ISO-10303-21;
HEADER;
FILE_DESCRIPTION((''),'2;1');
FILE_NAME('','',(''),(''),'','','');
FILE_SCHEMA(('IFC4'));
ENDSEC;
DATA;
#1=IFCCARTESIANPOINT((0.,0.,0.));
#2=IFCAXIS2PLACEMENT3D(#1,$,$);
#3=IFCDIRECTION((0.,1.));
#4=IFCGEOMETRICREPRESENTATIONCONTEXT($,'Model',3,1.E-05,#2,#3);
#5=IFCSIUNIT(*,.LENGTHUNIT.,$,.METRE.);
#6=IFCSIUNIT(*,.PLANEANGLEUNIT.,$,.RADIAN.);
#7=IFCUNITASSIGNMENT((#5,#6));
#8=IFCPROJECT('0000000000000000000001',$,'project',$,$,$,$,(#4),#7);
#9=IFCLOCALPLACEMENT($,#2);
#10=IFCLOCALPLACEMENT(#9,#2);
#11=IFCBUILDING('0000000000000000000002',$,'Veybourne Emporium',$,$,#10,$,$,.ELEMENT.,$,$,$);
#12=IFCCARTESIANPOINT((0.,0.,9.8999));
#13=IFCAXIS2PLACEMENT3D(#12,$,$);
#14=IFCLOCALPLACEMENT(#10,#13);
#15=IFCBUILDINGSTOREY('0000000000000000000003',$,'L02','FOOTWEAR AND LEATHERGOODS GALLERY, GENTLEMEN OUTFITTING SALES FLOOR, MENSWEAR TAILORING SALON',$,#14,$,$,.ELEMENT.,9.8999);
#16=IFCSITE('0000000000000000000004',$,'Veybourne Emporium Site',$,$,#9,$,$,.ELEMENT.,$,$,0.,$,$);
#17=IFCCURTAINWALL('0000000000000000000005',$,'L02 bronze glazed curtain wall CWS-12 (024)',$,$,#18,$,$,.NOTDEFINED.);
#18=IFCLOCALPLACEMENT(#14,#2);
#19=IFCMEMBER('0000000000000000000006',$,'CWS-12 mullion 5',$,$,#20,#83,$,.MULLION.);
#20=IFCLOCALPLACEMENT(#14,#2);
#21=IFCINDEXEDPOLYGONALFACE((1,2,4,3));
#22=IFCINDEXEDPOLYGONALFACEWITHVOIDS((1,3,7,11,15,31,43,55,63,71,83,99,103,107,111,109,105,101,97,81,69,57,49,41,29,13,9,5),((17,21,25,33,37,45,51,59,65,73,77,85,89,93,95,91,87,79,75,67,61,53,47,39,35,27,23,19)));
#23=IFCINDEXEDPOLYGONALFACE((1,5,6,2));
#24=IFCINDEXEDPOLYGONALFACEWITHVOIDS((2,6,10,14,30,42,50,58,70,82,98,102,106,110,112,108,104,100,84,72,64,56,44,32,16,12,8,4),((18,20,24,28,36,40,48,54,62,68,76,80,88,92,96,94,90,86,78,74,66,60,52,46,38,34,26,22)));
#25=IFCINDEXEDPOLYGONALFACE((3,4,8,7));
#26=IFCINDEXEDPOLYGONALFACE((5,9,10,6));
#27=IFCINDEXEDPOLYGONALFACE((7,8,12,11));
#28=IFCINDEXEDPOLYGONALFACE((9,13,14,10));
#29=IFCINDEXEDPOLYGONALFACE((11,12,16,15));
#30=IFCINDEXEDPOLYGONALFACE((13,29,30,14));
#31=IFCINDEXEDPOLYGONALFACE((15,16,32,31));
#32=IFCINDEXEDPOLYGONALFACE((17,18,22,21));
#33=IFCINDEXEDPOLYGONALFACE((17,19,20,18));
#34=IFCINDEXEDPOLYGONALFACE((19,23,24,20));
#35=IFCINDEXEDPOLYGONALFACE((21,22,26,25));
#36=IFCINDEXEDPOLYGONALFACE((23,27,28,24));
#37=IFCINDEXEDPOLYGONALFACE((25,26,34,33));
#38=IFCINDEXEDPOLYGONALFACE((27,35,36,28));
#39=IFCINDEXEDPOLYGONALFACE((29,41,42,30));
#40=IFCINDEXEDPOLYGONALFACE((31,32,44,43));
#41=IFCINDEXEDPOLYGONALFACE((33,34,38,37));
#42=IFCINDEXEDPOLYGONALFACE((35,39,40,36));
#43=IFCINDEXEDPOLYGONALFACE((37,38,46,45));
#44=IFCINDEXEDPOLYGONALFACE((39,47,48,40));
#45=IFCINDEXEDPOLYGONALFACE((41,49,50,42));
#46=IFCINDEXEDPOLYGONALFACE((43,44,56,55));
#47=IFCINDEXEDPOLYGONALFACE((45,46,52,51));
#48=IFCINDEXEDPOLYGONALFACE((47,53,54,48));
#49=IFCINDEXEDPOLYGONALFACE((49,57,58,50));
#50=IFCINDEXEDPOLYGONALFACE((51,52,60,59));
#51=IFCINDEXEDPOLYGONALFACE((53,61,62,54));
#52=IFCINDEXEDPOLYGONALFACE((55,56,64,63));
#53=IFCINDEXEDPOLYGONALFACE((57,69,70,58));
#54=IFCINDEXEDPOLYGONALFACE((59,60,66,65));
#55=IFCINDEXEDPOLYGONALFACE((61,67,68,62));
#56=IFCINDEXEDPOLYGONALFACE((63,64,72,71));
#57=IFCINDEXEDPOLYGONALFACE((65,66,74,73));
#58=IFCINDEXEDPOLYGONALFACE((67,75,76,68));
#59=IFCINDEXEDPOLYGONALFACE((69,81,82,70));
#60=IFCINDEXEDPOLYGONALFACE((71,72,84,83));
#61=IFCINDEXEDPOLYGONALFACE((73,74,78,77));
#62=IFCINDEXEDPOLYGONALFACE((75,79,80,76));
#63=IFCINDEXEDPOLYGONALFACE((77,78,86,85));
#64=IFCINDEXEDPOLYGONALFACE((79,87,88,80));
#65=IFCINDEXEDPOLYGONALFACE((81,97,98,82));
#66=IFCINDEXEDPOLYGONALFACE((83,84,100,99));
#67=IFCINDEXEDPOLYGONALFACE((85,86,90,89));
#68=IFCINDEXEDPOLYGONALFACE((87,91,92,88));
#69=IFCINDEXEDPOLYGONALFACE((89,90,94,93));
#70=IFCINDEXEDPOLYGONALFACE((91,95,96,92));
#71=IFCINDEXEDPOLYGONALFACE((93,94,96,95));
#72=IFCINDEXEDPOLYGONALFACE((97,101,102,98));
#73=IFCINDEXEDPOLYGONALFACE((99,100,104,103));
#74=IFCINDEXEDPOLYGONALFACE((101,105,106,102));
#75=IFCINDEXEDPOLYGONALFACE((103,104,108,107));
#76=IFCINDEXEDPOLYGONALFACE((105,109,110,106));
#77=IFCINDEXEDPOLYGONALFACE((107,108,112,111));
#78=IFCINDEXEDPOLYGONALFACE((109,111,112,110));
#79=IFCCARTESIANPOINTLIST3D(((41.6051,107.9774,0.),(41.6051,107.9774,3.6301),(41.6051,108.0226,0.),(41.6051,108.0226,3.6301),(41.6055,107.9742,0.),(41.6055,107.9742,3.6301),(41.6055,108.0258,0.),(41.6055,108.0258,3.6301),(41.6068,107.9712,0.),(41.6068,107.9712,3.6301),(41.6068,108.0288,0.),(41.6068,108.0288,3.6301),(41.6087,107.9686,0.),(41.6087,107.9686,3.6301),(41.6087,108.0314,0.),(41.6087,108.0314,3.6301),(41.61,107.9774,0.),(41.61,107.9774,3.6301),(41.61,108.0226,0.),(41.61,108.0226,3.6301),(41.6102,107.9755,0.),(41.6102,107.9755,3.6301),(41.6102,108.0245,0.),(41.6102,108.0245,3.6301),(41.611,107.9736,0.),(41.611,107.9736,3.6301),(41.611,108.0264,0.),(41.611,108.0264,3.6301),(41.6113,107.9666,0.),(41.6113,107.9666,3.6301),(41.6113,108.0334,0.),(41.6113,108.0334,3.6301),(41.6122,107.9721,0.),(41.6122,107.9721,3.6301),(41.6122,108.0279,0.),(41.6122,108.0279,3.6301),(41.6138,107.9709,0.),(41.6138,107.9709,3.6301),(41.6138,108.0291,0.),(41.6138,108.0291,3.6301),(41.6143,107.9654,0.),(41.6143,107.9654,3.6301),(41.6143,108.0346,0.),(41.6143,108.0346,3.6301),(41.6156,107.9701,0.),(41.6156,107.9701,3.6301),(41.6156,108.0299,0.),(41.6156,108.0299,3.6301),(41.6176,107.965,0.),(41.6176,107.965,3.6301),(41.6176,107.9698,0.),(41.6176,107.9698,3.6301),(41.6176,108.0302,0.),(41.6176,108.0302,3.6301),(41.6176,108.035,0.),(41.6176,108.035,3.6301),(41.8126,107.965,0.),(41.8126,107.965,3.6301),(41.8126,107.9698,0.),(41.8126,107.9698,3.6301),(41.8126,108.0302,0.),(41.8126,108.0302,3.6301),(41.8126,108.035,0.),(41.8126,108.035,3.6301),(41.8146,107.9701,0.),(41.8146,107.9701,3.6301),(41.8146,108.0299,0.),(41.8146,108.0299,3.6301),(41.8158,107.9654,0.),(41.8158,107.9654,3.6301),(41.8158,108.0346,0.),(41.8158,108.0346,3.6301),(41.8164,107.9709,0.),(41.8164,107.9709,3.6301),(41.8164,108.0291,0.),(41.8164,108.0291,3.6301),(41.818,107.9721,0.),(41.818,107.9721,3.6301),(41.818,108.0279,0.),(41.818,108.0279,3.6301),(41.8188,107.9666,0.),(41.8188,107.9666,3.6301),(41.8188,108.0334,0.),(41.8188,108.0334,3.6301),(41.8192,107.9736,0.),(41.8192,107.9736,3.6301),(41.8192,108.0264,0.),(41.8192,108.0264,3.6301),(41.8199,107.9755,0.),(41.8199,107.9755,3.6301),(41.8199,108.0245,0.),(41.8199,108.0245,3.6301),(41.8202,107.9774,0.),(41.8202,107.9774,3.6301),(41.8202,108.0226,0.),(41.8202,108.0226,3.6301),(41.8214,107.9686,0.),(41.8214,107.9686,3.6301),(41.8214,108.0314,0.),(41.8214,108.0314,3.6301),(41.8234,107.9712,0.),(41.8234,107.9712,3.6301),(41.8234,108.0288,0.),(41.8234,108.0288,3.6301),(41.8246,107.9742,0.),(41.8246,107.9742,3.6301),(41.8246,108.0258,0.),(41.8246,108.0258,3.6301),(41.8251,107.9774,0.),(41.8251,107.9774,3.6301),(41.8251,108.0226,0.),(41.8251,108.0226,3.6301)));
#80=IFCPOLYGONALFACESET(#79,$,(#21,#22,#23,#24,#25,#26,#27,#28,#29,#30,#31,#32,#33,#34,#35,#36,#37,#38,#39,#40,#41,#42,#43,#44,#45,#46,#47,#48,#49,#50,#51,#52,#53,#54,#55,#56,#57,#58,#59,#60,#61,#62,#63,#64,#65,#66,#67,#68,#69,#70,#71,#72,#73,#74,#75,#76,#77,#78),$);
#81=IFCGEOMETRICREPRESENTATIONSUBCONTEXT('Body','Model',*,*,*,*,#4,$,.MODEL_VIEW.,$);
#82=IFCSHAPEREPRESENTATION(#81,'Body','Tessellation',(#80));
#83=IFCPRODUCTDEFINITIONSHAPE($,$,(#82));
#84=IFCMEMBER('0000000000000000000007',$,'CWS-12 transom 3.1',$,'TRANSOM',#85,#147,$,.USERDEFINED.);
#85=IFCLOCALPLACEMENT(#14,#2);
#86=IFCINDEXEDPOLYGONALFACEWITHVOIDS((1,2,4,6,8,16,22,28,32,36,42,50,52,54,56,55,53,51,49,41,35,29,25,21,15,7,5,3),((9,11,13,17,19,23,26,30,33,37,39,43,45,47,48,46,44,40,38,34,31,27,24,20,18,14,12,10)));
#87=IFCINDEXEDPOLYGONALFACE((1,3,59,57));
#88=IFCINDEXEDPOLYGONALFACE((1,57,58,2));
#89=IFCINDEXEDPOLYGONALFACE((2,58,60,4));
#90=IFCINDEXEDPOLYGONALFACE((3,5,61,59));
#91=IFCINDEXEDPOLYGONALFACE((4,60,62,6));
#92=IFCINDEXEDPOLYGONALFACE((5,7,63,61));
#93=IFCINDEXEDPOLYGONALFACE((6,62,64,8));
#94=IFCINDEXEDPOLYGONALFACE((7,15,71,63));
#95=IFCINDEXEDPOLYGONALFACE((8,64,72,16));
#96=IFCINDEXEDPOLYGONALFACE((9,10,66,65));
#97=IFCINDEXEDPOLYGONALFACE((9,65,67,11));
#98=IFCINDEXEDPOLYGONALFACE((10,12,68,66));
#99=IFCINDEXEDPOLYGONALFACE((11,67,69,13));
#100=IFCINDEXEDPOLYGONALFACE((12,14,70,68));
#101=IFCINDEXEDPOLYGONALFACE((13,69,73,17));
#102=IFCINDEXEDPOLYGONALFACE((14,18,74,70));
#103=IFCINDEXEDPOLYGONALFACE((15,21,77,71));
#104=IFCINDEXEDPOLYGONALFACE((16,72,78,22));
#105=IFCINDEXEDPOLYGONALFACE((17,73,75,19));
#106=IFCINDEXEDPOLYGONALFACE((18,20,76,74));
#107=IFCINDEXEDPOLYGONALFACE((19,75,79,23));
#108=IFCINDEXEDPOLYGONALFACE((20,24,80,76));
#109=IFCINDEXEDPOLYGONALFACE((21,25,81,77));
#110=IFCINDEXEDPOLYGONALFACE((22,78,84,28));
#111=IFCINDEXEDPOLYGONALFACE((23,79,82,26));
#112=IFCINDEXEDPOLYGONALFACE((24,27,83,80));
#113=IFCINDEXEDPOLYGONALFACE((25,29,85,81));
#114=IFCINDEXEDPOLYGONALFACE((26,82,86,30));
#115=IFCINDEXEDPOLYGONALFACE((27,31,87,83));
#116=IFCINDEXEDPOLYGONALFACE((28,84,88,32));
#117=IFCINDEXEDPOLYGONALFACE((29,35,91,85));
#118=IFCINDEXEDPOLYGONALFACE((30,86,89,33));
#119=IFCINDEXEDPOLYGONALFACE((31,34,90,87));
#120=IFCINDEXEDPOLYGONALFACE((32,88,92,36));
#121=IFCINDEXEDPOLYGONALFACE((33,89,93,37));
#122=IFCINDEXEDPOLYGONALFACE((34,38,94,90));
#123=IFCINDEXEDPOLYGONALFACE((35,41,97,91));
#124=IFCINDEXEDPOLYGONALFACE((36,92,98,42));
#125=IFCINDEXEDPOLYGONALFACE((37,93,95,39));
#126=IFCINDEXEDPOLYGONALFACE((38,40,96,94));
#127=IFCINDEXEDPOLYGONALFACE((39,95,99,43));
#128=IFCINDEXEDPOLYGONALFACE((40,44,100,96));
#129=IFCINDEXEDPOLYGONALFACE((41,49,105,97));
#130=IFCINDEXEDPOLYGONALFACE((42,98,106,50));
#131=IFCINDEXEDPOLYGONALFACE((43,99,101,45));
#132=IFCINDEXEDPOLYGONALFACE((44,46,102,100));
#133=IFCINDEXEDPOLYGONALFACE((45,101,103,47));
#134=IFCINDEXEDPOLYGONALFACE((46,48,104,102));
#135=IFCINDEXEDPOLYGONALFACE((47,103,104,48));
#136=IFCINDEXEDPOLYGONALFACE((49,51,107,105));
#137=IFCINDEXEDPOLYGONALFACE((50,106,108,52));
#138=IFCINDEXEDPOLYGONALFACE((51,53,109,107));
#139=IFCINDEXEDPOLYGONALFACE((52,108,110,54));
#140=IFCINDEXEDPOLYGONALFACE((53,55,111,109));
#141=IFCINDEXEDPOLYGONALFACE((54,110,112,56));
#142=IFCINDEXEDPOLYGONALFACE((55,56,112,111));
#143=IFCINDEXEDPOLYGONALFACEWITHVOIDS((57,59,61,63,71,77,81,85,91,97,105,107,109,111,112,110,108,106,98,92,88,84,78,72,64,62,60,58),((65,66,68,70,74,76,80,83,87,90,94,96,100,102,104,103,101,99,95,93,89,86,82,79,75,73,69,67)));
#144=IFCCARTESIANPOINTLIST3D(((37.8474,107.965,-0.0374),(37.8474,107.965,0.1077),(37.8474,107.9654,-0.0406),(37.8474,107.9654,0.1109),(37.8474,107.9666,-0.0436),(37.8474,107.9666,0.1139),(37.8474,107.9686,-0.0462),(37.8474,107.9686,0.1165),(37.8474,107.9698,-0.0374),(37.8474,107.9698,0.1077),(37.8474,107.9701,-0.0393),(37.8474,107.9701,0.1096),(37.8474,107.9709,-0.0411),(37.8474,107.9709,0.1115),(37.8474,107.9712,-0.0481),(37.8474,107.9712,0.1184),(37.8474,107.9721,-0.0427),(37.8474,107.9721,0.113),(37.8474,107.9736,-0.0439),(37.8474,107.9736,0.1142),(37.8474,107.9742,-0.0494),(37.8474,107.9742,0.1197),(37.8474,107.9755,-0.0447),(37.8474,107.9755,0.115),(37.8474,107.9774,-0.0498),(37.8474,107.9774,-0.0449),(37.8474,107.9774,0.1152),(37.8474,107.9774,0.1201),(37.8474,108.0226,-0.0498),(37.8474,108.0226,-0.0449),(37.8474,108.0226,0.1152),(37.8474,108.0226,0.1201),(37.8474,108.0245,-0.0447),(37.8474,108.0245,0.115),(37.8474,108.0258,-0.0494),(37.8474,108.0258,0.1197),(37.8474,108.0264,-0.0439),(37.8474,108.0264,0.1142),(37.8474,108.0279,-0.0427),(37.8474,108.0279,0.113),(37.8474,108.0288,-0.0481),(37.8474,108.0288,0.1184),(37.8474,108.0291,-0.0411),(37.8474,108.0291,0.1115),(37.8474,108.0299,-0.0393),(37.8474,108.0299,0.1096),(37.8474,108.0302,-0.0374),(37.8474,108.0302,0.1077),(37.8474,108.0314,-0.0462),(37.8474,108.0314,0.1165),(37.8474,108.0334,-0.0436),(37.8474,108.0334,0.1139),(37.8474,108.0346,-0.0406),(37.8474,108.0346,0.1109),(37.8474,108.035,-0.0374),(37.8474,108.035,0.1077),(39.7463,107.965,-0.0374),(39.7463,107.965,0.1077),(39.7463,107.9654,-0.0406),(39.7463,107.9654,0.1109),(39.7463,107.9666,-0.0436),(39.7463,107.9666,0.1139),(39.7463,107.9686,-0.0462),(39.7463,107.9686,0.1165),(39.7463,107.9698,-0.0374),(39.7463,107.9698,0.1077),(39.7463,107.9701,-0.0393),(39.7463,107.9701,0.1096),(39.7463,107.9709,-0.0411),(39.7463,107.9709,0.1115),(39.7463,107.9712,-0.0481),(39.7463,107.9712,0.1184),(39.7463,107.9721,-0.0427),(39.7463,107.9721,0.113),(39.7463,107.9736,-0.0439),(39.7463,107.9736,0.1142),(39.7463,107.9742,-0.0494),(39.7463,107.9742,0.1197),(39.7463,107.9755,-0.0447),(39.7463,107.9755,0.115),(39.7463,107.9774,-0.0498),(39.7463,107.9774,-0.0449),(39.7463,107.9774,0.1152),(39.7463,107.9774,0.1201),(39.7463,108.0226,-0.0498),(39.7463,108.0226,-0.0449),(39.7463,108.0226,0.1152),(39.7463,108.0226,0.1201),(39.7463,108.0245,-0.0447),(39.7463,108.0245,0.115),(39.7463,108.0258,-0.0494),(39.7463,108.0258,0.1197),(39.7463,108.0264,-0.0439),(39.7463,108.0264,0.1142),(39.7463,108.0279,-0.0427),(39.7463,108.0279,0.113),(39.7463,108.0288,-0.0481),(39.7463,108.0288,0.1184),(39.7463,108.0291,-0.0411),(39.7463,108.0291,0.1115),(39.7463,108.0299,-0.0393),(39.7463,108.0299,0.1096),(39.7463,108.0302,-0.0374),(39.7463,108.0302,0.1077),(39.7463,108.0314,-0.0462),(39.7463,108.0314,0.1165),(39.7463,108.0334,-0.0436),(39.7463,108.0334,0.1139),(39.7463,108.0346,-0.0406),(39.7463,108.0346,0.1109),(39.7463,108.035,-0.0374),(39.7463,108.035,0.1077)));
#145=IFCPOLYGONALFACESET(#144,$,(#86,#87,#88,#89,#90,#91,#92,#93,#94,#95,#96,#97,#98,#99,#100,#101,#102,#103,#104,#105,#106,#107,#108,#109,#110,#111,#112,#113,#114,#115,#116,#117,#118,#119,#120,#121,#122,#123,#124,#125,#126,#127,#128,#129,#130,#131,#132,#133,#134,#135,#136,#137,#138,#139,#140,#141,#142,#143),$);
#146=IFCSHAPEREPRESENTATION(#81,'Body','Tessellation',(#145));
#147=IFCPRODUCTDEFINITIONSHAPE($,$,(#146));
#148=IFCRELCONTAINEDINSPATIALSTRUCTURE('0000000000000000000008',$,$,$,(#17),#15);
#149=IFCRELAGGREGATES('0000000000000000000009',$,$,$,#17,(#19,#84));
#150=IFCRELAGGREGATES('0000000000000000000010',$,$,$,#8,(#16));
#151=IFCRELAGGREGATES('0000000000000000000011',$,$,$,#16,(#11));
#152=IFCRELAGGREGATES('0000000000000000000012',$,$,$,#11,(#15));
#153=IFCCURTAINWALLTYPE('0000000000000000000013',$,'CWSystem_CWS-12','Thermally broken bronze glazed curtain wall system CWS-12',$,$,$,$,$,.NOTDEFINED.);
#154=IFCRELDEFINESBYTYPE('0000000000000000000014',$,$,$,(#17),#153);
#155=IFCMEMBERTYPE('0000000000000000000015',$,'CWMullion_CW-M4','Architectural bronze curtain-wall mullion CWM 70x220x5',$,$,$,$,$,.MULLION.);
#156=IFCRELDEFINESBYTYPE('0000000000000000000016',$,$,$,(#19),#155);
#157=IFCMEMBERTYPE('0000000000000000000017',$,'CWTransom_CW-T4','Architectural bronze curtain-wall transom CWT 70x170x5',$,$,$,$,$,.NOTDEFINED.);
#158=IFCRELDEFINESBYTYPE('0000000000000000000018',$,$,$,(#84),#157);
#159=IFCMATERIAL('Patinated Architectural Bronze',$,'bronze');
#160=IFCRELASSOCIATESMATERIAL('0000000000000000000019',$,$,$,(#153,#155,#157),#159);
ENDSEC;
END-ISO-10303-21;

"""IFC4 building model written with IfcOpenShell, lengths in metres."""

from ifc_helpers import new_model, si_unit, direction, frame, origin, origin_2d, place, context, subcontext, project, spatial, hollow_rectangle, extrude, material, material_profile, profile_set, type_object, element, aggregate, save


model = new_model("IFC4")

# Units and contexts
model_context = context("Model", 3, precision=1e-05, world=origin(), true_north=direction((0.0, 1.0)))
body_context = subcontext(model_context, "Body", "Model", "MODEL_VIEW")
ifc_project = project(units=[si_unit("LENGTHUNIT", "METRE"), si_unit("PLANEANGLEUNIT", "RADIAN")], contexts=[model_context])

# Site, building, storey
site_placement = place(None, origin())
site = spatial("IfcSite", under=ifc_project, at=site_placement, Name="Veybourne Emporium Site", CompositionType="ELEMENT", RefElevation=0.0)
building_placement = place(site_placement, origin())
building = spatial("IfcBuilding", under=site, at=building_placement, Name="Veybourne Emporium", CompositionType="ELEMENT")
storey_placement = place(building_placement, frame((0.0, 0.0, 9.8999)))
storey = spatial("IfcBuildingStorey", under=building, at=storey_placement, Name="L02", Description="FOOTWEAR AND LEATHERGOODS GALLERY, GENTLEMEN OUTFITTING SALES FLOOR, MENSWEAR TAILORING SALON", CompositionType="ELEMENT", Elevation=9.8999)

# Curtain wall, members
ifc_material_1 = material(Name="Patinated Architectural Bronze", Category="bronze")
curtain_wall_type = type_object("IfcCurtainWallType", Name="CWSystem_CWS-12", Description="Thermally broken bronze glazed curtain wall system CWS-12", PredefinedType="NOTDEFINED", material=ifc_material_1)
curtain_wall_placement = place(storey_placement, origin())
curtain_wall = element("IfcCurtainWall", 1, at=curtain_wall_placement, inside=storey, type_object=curtain_wall_type, Name="L02 bronze glazed curtain wall CWS-12 (024)", PredefinedType="NOTDEFINED")
ifc_material_profile_1 = material_profile(ifc_material_1, hollow_rectangle(XDim=0.0701, YDim=0.22, WallThickness=0.0049, InnerFilletRadius=0.0076, OuterFilletRadius=0.0125, at=origin_2d()), Name="CWM 70x220x5")
ifc_profile_set_1 = profile_set([ifc_material_profile_1], Name="Patinated Architectural Bronze")
member_type_1 = type_object("IfcMemberType", Name="CWMullion_CW-M4", Description="Architectural bronze curtain-wall mullion CWM 70x220x5", PredefinedType="MULLION", material=ifc_profile_set_1)
member_1_placement = place(storey_placement, frame((41.7151, 108.0, 0.0), z_axis=(0.0, 0.0, 1.0), x_axis=(0.0, 1.0, 0.0)))
member_1 = element("IfcMember", 2, at=member_1_placement, type_object=member_type_1, Name="CWS-12 mullion 5", PredefinedType="MULLION", context=body_context, shape_type="SweptSolid", body=[
    extrude(hollow_rectangle(XDim=0.0701, YDim=0.22, WallThickness=0.0049, InnerFilletRadius=0.0076, OuterFilletRadius=0.0125, at=origin_2d()), origin(), (0.0, 0.0, 1.0), 3.6301),
])
ifc_material_profile_2 = material_profile(ifc_material_1, hollow_rectangle(XDim=0.0701, YDim=0.1699, WallThickness=0.0049, InnerFilletRadius=0.0076, OuterFilletRadius=0.0125, at=origin_2d()), Name="CWT 70x170x5")
ifc_profile_set_2 = profile_set([ifc_material_profile_2], Name="Patinated Architectural Bronze")
member_type_2 = type_object("IfcMemberType", Name="CWTransom_CW-T4", Description="Architectural bronze curtain-wall transom CWT 70x170x5", PredefinedType="NOTDEFINED", material=ifc_profile_set_2)
member_2_placement = place(storey_placement, frame((37.8474, 108.0, 0.0352), z_axis=(1.0, 0.0, 0.0), x_axis=(0.0, 1.0, 0.0)))
member_2 = element("IfcMember", 3, at=member_2_placement, type_object=member_type_2, Name="CWS-12 transom 3.1", ObjectType="TRANSOM", PredefinedType="USERDEFINED", context=body_context, shape_type="SweptSolid", body=[
    extrude(hollow_rectangle(XDim=0.0701, YDim=0.1699, WallThickness=0.0049, InnerFilletRadius=0.0076, OuterFilletRadius=0.0125, at=origin_2d()), origin(), (0.0, 0.0, 1.0), 1.8989),
])

aggregate(curtain_wall, [member_1, member_2])

save(model, "model.ifc")
